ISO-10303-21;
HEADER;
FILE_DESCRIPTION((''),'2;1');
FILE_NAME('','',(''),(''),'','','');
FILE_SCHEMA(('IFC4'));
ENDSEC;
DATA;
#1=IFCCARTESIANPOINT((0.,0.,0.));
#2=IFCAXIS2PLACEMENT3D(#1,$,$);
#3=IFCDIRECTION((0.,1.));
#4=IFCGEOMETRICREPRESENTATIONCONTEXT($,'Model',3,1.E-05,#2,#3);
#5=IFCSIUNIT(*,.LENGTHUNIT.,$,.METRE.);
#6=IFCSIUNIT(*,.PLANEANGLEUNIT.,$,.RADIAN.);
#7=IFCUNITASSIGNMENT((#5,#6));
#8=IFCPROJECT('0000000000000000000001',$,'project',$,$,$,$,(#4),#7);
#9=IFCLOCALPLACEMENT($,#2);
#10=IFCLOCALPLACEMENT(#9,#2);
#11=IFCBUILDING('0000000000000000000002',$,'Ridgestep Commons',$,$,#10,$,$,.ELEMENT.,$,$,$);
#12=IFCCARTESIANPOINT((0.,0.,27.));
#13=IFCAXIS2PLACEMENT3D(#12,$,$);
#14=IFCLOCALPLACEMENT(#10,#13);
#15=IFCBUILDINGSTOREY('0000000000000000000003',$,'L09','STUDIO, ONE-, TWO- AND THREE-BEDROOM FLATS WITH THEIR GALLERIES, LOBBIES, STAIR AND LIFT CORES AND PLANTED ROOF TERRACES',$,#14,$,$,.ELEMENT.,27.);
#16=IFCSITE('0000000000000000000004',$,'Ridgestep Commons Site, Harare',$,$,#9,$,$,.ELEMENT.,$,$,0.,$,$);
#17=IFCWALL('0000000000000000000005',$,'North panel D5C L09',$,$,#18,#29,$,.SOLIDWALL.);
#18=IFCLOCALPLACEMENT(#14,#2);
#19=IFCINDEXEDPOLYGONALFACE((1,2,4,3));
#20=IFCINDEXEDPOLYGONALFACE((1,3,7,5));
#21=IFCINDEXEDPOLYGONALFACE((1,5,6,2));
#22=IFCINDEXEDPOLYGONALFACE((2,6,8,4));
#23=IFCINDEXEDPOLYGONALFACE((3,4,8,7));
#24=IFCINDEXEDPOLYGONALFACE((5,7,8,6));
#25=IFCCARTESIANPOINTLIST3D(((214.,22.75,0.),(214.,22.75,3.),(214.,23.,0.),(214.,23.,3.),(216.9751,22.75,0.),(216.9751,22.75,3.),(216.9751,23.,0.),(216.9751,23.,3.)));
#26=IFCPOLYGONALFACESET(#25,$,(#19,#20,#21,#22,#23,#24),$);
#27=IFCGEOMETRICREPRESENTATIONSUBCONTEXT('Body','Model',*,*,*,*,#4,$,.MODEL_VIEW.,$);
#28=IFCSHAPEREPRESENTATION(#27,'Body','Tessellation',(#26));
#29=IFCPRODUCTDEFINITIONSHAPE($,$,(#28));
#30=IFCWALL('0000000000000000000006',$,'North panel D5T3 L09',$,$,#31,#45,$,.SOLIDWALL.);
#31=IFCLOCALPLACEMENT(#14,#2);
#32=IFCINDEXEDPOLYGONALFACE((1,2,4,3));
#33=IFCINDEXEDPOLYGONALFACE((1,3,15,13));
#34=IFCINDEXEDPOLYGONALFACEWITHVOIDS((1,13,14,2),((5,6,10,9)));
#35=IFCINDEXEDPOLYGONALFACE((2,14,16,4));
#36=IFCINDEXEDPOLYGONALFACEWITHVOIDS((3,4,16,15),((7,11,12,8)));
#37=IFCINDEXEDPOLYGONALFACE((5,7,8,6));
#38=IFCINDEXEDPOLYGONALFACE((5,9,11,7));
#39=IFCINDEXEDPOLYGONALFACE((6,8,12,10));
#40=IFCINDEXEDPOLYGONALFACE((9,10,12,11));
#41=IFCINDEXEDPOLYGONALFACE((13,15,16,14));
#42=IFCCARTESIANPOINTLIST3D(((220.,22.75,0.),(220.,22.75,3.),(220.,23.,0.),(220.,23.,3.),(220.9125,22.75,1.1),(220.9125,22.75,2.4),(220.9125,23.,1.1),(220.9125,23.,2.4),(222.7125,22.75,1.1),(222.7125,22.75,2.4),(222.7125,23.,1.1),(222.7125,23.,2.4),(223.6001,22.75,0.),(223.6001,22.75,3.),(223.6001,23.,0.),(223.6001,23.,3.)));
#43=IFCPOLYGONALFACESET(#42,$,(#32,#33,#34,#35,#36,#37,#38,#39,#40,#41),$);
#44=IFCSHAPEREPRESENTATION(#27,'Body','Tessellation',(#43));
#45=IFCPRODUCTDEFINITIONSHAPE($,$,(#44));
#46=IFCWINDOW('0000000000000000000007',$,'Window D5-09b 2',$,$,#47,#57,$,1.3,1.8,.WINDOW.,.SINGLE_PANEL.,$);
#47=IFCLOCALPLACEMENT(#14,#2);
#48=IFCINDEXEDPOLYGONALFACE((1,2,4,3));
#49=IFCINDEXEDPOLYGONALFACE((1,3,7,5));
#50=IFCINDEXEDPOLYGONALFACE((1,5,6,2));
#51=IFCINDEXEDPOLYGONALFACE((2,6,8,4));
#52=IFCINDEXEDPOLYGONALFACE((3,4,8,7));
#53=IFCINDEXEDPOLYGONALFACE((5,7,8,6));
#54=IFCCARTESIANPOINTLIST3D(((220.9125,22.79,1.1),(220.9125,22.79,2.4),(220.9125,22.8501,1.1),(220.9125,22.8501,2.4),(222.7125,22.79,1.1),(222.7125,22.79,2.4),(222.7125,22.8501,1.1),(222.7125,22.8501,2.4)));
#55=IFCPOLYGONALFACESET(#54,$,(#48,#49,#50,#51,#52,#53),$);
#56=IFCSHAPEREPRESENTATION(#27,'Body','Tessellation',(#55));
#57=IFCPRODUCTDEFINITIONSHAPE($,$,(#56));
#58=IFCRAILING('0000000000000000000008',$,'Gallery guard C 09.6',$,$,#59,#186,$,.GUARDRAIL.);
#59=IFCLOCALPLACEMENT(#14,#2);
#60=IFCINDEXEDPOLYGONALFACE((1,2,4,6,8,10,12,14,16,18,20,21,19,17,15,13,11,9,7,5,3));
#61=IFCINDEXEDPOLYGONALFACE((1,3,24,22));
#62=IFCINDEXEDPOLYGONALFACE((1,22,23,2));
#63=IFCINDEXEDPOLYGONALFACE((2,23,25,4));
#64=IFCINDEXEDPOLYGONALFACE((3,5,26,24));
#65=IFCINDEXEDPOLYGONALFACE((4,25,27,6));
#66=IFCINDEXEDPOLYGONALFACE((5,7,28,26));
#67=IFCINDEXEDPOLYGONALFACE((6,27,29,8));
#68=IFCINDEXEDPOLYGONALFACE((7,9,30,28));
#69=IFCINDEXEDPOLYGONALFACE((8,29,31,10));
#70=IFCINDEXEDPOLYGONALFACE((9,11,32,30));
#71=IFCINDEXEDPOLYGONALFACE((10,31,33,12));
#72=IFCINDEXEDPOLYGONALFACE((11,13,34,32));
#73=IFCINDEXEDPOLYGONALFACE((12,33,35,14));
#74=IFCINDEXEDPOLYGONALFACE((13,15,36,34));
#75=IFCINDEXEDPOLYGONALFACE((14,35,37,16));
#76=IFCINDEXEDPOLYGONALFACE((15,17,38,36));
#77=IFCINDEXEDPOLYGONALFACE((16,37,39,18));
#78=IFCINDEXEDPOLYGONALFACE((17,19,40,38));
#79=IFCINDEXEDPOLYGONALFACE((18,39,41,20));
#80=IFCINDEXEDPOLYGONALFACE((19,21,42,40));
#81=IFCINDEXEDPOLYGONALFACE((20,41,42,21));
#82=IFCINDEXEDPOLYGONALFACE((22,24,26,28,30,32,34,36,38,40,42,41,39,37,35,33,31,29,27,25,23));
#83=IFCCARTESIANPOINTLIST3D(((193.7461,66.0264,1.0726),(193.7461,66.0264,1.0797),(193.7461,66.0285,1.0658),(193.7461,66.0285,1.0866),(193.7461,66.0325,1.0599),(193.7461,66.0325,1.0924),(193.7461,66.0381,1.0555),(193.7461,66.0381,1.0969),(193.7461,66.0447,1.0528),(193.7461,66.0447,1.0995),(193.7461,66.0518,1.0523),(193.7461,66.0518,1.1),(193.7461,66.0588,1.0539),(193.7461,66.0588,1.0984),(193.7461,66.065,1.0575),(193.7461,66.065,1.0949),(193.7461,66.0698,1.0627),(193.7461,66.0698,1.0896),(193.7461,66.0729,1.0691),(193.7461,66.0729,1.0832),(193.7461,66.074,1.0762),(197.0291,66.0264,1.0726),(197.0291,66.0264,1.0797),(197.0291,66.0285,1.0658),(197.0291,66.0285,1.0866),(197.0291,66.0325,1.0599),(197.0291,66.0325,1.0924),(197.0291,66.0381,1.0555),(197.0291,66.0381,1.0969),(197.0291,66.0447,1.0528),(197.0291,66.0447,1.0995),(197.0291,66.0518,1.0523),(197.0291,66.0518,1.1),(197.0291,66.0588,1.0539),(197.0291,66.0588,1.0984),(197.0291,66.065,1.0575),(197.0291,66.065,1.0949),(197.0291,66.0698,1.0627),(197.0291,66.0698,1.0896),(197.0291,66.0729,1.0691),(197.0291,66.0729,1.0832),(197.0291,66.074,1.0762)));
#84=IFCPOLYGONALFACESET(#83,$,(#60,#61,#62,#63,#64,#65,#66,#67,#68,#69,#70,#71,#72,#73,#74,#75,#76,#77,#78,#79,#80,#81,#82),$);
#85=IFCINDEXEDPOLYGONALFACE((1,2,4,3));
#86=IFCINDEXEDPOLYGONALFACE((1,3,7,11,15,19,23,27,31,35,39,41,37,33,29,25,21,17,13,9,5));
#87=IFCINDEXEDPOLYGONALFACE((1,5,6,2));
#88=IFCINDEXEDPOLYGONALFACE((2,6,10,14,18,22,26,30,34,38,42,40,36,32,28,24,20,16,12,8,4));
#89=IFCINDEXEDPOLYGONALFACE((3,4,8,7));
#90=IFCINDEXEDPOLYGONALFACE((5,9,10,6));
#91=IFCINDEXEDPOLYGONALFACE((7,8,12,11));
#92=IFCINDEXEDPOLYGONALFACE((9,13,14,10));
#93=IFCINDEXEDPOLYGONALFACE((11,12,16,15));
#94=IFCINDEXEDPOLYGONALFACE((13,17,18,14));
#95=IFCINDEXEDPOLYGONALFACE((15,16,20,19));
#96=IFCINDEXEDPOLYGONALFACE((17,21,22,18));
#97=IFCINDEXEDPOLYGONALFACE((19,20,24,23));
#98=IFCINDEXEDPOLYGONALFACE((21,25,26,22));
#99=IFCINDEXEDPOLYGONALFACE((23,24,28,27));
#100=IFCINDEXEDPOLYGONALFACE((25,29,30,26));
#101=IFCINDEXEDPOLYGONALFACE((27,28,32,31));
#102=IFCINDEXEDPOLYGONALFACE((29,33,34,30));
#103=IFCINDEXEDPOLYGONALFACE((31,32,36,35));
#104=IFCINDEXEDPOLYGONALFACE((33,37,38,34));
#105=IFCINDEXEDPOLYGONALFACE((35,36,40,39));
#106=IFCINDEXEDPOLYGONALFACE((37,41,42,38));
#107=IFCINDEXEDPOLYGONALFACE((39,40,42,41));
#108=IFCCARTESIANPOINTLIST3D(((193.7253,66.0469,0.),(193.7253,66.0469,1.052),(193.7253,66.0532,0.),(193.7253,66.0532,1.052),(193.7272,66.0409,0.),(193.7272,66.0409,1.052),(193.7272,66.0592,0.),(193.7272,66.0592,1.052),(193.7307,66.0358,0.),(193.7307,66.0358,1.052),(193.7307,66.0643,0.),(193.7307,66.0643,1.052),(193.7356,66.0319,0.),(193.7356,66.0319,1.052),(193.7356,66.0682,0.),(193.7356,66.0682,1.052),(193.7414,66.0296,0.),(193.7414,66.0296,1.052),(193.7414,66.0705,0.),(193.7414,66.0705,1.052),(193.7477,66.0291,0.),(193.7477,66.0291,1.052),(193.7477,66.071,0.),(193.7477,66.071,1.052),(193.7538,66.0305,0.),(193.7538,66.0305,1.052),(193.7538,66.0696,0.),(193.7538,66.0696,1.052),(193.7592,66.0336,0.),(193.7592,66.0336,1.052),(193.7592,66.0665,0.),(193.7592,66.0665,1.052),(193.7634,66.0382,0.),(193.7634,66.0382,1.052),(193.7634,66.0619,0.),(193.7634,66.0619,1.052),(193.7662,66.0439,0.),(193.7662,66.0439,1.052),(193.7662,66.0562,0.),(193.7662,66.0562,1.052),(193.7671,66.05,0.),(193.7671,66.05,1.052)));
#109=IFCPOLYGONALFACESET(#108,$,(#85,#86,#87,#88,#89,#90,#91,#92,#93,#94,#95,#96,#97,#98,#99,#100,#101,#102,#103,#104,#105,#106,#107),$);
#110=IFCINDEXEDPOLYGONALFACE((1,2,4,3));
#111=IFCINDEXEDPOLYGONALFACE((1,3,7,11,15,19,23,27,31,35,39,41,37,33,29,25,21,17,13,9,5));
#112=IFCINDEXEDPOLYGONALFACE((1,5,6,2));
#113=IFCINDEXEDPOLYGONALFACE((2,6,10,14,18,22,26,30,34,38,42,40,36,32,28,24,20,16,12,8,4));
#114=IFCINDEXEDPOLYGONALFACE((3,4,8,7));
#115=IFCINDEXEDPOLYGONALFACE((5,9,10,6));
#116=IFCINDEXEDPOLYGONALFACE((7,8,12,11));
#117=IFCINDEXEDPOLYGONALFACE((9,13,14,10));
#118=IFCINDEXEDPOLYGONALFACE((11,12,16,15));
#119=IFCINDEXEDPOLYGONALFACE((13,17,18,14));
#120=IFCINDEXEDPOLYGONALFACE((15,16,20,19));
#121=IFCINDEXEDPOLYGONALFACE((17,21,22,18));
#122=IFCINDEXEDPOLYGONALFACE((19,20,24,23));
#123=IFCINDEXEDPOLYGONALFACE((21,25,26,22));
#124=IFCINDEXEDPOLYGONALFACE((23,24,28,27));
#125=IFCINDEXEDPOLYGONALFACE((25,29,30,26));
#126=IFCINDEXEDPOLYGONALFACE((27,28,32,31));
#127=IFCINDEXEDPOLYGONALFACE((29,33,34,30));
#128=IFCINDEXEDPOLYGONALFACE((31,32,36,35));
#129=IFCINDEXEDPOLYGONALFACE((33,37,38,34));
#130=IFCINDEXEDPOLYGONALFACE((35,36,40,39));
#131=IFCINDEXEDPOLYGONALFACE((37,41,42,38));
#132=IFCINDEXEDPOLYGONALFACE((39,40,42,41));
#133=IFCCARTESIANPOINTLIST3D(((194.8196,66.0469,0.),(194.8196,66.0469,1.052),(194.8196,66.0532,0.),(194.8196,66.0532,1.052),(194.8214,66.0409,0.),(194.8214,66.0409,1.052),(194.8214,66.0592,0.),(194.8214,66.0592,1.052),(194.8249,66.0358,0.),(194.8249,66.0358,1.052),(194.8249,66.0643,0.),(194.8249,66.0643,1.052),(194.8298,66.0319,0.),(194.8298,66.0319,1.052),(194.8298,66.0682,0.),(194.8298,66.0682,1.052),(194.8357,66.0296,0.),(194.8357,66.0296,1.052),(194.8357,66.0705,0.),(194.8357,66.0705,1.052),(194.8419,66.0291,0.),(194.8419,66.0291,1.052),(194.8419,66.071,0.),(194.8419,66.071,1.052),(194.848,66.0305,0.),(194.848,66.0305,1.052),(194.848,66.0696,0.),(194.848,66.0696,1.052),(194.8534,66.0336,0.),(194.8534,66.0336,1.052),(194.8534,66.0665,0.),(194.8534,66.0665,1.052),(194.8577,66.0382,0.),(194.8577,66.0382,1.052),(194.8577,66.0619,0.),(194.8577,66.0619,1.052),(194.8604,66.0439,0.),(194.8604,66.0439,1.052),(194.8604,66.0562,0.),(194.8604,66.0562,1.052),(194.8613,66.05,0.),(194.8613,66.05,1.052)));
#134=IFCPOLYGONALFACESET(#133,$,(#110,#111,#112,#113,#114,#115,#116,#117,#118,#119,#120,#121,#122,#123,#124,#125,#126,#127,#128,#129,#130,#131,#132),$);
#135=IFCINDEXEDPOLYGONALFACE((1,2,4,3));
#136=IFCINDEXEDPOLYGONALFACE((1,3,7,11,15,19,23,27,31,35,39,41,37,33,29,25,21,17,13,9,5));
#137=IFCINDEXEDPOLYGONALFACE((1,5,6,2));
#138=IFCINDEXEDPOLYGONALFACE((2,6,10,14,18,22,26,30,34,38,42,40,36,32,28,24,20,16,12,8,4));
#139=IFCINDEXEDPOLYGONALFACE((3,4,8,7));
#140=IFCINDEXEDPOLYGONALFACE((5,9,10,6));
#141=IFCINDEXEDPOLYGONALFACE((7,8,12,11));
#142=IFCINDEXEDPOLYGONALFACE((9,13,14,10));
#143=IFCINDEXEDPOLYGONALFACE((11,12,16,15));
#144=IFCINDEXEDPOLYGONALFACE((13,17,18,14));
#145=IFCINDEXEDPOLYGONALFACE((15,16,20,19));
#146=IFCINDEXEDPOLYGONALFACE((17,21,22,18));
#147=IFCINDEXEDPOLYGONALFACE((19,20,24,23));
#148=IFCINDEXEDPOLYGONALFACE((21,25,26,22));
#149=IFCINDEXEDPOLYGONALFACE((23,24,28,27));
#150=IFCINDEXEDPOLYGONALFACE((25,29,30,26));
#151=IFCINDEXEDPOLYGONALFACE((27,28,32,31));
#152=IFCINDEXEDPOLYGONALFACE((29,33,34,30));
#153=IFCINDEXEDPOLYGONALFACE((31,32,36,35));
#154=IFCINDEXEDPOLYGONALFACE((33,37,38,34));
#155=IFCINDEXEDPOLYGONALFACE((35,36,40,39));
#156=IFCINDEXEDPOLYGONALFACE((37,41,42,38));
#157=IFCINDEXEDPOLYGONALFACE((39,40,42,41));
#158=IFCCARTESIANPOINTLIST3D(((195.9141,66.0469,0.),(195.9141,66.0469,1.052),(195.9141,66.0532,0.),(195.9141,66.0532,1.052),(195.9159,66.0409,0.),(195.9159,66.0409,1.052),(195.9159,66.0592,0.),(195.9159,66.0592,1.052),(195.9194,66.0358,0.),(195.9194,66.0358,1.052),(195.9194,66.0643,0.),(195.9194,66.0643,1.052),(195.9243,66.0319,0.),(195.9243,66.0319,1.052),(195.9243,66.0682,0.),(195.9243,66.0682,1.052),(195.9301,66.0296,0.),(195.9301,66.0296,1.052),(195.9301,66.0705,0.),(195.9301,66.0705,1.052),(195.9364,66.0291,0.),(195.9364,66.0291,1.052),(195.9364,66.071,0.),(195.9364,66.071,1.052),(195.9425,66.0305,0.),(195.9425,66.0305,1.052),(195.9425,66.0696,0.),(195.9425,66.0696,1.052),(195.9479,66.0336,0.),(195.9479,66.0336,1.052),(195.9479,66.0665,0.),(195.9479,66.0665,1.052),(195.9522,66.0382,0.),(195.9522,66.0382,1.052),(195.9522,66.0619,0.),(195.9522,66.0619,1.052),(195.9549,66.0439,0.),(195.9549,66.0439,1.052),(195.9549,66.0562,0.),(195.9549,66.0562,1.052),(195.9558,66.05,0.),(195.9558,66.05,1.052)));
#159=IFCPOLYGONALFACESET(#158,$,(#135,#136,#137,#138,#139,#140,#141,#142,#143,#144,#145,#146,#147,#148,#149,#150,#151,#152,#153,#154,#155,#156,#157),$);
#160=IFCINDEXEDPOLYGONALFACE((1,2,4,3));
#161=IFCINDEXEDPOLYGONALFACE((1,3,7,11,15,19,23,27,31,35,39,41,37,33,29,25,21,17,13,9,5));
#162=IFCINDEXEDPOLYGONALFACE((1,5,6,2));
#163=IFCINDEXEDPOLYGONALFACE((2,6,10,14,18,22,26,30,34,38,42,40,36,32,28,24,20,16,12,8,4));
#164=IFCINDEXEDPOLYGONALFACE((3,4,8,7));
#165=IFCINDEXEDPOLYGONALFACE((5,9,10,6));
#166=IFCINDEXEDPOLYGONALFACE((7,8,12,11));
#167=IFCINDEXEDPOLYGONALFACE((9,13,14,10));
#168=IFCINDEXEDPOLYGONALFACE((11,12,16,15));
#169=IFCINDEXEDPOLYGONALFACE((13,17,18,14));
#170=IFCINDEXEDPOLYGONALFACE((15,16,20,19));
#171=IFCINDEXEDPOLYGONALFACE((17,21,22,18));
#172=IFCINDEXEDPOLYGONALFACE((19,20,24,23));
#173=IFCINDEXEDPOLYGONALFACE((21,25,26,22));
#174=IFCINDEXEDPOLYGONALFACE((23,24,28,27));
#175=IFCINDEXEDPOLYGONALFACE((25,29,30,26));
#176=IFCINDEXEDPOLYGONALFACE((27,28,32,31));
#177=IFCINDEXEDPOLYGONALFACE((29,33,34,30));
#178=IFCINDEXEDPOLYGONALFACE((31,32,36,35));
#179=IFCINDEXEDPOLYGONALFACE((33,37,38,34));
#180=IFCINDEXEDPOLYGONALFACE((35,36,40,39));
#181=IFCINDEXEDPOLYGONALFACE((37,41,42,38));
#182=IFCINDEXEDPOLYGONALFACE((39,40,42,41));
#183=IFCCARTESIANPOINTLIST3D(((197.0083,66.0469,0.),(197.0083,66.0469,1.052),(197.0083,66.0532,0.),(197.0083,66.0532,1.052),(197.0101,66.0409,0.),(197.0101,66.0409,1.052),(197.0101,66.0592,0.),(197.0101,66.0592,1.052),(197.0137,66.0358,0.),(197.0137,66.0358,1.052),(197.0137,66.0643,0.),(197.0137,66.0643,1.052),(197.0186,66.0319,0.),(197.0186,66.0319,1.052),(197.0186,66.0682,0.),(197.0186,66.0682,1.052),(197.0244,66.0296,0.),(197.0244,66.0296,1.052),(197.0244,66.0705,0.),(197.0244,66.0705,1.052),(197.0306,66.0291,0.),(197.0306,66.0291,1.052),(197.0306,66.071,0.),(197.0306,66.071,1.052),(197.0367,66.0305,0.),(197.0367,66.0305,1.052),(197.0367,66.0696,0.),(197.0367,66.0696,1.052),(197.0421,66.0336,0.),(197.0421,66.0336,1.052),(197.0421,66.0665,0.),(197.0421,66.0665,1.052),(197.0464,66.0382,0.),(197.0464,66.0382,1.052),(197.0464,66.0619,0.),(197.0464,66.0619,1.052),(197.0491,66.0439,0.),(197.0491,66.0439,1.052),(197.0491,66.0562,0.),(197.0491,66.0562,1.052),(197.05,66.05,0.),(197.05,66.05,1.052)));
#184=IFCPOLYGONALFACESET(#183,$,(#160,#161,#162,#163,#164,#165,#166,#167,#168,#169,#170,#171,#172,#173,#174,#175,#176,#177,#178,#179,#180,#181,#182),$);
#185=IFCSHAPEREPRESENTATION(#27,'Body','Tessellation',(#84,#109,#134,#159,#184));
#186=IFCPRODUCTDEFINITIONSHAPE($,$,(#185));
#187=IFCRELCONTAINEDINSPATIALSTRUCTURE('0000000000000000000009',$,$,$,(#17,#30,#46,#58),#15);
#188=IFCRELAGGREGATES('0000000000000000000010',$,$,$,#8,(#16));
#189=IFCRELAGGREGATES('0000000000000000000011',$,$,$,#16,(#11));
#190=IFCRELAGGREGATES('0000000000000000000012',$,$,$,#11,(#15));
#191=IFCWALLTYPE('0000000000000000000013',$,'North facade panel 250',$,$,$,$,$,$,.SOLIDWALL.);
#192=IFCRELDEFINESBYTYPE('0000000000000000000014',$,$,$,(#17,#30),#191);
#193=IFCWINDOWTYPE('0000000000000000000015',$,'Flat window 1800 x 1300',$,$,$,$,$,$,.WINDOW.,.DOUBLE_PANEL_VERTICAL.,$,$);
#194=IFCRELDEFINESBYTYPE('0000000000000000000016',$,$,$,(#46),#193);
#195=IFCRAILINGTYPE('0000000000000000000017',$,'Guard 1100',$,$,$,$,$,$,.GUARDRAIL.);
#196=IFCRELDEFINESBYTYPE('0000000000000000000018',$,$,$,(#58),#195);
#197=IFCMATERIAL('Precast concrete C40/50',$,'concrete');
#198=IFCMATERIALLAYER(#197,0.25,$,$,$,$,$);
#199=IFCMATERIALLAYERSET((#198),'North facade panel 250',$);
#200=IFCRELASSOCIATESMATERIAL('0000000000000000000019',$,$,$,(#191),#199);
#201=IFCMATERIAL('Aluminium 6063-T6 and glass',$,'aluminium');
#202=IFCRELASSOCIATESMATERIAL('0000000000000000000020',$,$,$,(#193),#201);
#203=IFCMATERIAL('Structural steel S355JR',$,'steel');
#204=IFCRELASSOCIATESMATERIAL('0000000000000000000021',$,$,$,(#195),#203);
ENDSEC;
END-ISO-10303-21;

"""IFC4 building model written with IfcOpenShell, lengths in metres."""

from ifc_helpers import new_model, si_unit, direction, frame, frame_2d, origin, origin_2d, place, context, subcontext, project, spatial, rectangle, circle, extrude, material, layer, layer_set, type_object, element, fill, save


model = new_model("IFC4")

# Units and contexts
model_context = context("Model", 3, precision=1e-05, world=origin(), true_north=direction((0.0, 1.0)))
body_context = subcontext(model_context, "Body", "Model", "MODEL_VIEW")
ifc_project = project(units=[si_unit("LENGTHUNIT", "METRE"), si_unit("PLANEANGLEUNIT", "RADIAN")], contexts=[model_context])

# Site, building, storey
site_placement = place(None, origin())
site = spatial("IfcSite", under=ifc_project, at=site_placement, Name="Ridgestep Commons Site, Harare", CompositionType="ELEMENT", RefElevation=0.0)
building_placement = place(site_placement, origin())
building = spatial("IfcBuilding", under=site, at=building_placement, Name="Ridgestep Commons", CompositionType="ELEMENT")
storey_placement = place(building_placement, frame((0.0, 0.0, 27.0)))
storey = spatial("IfcBuildingStorey", under=building, at=storey_placement, Name="L09", Description="STUDIO, ONE-, TWO- AND THREE-BEDROOM FLATS WITH THEIR GALLERIES, LOBBIES, STAIR AND LIFT CORES AND PLANTED ROOF TERRACES", CompositionType="ELEMENT", Elevation=27.0)

# Shared definitions
ifc_material_1 = material(Name="Precast concrete C40/50", Category="concrete")
ifc_layer_1 = layer(ifc_material_1, 0.25)
ifc_layer_set_1 = layer_set([ifc_layer_1], Name="North facade panel 250")
wall_type_1 = type_object("IfcWallType", Name="North facade panel 250", PredefinedType="SOLIDWALL", material=ifc_layer_set_1)

# Shared definitions
ifc_material_2 = material(Name="Aluminium 6063-T6 and glass", Category="aluminium")
window_type_1 = type_object("IfcWindowType", Name="Flat window 1800 x 1300", PartitioningType="DOUBLE_PANEL_VERTICAL", PredefinedType="WINDOW", material=ifc_material_2)

# Wall
for number, where, z_axis, x_axis, name in (
    (1, (214.0, 22.875, 0.0), (0.0, 0.0, 1.0), (1.0, 0.0, 0.0), "North panel D5C L09"),
):
    element("IfcWall", number, at=place(storey_placement, frame(where, z_axis=z_axis, x_axis=x_axis)), inside=storey, type_object=wall_type_1, Name=name, PredefinedType="SOLIDWALL", context=body_context, shape_type="SweptSolid", body=[
        extrude(rectangle(XDim=2.9751, YDim=0.25, at=frame_2d((1.4875, 0.0))), origin(), (0.0, 0.0, 1.0), 3.0),
    ])

# Wall, opening, window
wall_1_placement = place(storey_placement, frame((220.0, 22.875, 0.0), z_axis=(0.0, 0.0, 1.0), x_axis=(1.0, 0.0, 0.0)))
wall_1 = element("IfcWall", 2, at=wall_1_placement, inside=storey, type_object=wall_type_1, Name="North panel D5T3 L09", PredefinedType="SOLIDWALL", context=body_context, shape_type="SweptSolid", body=[
    extrude(rectangle(XDim=3.6001, YDim=0.25, at=frame_2d((1.8, 0.0))), origin(), (0.0, 0.0, 1.0), 3.0),
])
opening_1_placement = place(wall_1_placement, frame((0.9126, 0.0, 1.1001)))
opening_1 = element("IfcOpeningElement", 3, at=opening_1_placement, cuts=wall_1, PredefinedType="OPENING", context=body_context, shape_type="SweptSolid", body=[
    extrude(rectangle(XDim=1.8, YDim=1.3, at=frame_2d((0.8999, 0.6499))), frame((0.0, 0.135, 0.0), z_axis=(0.0, -1.0, 0.0), x_axis=(1.0, 0.0, 0.0)), (0.0, 0.0, 1.0), 0.27),
])
window_1_placement = place(opening_1_placement, origin())
window_1 = element("IfcWindow", 4, at=window_1_placement, inside=storey, type_object=window_type_1, Name="Window D5-09b 2", OverallHeight=1.3, OverallWidth=1.8, PartitioningType="SINGLE_PANEL", PredefinedType="WINDOW", context=body_context, shape_type="SweptSolid", body=[
    extrude(rectangle(XDim=1.8, YDim=1.3, at=frame_2d((0.8999, 0.6499))), frame((0.0, -0.0249, 0.0), z_axis=(0.0, -1.0, 0.0), x_axis=(1.0, 0.0, 0.0)), (0.0, 0.0, 1.0), 0.0601),
])
fill(opening_1, window_1)

# Railing
ifc_material_3 = material(Name="Structural steel S355JR", Category="steel")
railing_type = type_object("IfcRailingType", Name="Guard 1100", PredefinedType="GUARDRAIL", material=ifc_material_3)
railing_1_placement = place(storey_placement, frame((193.7461, 66.05, 0.0)))
element("IfcRailing", 5, at=railing_1_placement, inside=storey, type_object=railing_type, Name="Gallery guard C 09.6", PredefinedType="GUARDRAIL", context=body_context, shape_type="SweptSolid", body=[
    extrude(circle(Radius=0.0239, at=origin_2d()), frame((0.0, 0.0, 1.0762), z_axis=(1.0, 0.0, 0.0), x_axis=(0.0, 1.0, 0.0)), (0.0, 0.0, 1.0), 3.283),
    extrude(circle(Radius=0.021, at=origin_2d()), origin(), (0.0, 0.0, 1.0), 1.052),
    extrude(circle(Radius=0.021, at=origin_2d()), frame((1.0942, 0.0, 0.0)), (0.0, 0.0, 1.0), 1.052),
    extrude(circle(Radius=0.021, at=origin_2d()), frame((2.1887, 0.0, 0.0)), (0.0, 0.0, 1.0), 1.052),
    extrude(circle(Radius=0.021, at=origin_2d()), frame((3.283, 0.0, 0.0)), (0.0, 0.0, 1.0), 1.052),
])

save(model, "model.ifc")
